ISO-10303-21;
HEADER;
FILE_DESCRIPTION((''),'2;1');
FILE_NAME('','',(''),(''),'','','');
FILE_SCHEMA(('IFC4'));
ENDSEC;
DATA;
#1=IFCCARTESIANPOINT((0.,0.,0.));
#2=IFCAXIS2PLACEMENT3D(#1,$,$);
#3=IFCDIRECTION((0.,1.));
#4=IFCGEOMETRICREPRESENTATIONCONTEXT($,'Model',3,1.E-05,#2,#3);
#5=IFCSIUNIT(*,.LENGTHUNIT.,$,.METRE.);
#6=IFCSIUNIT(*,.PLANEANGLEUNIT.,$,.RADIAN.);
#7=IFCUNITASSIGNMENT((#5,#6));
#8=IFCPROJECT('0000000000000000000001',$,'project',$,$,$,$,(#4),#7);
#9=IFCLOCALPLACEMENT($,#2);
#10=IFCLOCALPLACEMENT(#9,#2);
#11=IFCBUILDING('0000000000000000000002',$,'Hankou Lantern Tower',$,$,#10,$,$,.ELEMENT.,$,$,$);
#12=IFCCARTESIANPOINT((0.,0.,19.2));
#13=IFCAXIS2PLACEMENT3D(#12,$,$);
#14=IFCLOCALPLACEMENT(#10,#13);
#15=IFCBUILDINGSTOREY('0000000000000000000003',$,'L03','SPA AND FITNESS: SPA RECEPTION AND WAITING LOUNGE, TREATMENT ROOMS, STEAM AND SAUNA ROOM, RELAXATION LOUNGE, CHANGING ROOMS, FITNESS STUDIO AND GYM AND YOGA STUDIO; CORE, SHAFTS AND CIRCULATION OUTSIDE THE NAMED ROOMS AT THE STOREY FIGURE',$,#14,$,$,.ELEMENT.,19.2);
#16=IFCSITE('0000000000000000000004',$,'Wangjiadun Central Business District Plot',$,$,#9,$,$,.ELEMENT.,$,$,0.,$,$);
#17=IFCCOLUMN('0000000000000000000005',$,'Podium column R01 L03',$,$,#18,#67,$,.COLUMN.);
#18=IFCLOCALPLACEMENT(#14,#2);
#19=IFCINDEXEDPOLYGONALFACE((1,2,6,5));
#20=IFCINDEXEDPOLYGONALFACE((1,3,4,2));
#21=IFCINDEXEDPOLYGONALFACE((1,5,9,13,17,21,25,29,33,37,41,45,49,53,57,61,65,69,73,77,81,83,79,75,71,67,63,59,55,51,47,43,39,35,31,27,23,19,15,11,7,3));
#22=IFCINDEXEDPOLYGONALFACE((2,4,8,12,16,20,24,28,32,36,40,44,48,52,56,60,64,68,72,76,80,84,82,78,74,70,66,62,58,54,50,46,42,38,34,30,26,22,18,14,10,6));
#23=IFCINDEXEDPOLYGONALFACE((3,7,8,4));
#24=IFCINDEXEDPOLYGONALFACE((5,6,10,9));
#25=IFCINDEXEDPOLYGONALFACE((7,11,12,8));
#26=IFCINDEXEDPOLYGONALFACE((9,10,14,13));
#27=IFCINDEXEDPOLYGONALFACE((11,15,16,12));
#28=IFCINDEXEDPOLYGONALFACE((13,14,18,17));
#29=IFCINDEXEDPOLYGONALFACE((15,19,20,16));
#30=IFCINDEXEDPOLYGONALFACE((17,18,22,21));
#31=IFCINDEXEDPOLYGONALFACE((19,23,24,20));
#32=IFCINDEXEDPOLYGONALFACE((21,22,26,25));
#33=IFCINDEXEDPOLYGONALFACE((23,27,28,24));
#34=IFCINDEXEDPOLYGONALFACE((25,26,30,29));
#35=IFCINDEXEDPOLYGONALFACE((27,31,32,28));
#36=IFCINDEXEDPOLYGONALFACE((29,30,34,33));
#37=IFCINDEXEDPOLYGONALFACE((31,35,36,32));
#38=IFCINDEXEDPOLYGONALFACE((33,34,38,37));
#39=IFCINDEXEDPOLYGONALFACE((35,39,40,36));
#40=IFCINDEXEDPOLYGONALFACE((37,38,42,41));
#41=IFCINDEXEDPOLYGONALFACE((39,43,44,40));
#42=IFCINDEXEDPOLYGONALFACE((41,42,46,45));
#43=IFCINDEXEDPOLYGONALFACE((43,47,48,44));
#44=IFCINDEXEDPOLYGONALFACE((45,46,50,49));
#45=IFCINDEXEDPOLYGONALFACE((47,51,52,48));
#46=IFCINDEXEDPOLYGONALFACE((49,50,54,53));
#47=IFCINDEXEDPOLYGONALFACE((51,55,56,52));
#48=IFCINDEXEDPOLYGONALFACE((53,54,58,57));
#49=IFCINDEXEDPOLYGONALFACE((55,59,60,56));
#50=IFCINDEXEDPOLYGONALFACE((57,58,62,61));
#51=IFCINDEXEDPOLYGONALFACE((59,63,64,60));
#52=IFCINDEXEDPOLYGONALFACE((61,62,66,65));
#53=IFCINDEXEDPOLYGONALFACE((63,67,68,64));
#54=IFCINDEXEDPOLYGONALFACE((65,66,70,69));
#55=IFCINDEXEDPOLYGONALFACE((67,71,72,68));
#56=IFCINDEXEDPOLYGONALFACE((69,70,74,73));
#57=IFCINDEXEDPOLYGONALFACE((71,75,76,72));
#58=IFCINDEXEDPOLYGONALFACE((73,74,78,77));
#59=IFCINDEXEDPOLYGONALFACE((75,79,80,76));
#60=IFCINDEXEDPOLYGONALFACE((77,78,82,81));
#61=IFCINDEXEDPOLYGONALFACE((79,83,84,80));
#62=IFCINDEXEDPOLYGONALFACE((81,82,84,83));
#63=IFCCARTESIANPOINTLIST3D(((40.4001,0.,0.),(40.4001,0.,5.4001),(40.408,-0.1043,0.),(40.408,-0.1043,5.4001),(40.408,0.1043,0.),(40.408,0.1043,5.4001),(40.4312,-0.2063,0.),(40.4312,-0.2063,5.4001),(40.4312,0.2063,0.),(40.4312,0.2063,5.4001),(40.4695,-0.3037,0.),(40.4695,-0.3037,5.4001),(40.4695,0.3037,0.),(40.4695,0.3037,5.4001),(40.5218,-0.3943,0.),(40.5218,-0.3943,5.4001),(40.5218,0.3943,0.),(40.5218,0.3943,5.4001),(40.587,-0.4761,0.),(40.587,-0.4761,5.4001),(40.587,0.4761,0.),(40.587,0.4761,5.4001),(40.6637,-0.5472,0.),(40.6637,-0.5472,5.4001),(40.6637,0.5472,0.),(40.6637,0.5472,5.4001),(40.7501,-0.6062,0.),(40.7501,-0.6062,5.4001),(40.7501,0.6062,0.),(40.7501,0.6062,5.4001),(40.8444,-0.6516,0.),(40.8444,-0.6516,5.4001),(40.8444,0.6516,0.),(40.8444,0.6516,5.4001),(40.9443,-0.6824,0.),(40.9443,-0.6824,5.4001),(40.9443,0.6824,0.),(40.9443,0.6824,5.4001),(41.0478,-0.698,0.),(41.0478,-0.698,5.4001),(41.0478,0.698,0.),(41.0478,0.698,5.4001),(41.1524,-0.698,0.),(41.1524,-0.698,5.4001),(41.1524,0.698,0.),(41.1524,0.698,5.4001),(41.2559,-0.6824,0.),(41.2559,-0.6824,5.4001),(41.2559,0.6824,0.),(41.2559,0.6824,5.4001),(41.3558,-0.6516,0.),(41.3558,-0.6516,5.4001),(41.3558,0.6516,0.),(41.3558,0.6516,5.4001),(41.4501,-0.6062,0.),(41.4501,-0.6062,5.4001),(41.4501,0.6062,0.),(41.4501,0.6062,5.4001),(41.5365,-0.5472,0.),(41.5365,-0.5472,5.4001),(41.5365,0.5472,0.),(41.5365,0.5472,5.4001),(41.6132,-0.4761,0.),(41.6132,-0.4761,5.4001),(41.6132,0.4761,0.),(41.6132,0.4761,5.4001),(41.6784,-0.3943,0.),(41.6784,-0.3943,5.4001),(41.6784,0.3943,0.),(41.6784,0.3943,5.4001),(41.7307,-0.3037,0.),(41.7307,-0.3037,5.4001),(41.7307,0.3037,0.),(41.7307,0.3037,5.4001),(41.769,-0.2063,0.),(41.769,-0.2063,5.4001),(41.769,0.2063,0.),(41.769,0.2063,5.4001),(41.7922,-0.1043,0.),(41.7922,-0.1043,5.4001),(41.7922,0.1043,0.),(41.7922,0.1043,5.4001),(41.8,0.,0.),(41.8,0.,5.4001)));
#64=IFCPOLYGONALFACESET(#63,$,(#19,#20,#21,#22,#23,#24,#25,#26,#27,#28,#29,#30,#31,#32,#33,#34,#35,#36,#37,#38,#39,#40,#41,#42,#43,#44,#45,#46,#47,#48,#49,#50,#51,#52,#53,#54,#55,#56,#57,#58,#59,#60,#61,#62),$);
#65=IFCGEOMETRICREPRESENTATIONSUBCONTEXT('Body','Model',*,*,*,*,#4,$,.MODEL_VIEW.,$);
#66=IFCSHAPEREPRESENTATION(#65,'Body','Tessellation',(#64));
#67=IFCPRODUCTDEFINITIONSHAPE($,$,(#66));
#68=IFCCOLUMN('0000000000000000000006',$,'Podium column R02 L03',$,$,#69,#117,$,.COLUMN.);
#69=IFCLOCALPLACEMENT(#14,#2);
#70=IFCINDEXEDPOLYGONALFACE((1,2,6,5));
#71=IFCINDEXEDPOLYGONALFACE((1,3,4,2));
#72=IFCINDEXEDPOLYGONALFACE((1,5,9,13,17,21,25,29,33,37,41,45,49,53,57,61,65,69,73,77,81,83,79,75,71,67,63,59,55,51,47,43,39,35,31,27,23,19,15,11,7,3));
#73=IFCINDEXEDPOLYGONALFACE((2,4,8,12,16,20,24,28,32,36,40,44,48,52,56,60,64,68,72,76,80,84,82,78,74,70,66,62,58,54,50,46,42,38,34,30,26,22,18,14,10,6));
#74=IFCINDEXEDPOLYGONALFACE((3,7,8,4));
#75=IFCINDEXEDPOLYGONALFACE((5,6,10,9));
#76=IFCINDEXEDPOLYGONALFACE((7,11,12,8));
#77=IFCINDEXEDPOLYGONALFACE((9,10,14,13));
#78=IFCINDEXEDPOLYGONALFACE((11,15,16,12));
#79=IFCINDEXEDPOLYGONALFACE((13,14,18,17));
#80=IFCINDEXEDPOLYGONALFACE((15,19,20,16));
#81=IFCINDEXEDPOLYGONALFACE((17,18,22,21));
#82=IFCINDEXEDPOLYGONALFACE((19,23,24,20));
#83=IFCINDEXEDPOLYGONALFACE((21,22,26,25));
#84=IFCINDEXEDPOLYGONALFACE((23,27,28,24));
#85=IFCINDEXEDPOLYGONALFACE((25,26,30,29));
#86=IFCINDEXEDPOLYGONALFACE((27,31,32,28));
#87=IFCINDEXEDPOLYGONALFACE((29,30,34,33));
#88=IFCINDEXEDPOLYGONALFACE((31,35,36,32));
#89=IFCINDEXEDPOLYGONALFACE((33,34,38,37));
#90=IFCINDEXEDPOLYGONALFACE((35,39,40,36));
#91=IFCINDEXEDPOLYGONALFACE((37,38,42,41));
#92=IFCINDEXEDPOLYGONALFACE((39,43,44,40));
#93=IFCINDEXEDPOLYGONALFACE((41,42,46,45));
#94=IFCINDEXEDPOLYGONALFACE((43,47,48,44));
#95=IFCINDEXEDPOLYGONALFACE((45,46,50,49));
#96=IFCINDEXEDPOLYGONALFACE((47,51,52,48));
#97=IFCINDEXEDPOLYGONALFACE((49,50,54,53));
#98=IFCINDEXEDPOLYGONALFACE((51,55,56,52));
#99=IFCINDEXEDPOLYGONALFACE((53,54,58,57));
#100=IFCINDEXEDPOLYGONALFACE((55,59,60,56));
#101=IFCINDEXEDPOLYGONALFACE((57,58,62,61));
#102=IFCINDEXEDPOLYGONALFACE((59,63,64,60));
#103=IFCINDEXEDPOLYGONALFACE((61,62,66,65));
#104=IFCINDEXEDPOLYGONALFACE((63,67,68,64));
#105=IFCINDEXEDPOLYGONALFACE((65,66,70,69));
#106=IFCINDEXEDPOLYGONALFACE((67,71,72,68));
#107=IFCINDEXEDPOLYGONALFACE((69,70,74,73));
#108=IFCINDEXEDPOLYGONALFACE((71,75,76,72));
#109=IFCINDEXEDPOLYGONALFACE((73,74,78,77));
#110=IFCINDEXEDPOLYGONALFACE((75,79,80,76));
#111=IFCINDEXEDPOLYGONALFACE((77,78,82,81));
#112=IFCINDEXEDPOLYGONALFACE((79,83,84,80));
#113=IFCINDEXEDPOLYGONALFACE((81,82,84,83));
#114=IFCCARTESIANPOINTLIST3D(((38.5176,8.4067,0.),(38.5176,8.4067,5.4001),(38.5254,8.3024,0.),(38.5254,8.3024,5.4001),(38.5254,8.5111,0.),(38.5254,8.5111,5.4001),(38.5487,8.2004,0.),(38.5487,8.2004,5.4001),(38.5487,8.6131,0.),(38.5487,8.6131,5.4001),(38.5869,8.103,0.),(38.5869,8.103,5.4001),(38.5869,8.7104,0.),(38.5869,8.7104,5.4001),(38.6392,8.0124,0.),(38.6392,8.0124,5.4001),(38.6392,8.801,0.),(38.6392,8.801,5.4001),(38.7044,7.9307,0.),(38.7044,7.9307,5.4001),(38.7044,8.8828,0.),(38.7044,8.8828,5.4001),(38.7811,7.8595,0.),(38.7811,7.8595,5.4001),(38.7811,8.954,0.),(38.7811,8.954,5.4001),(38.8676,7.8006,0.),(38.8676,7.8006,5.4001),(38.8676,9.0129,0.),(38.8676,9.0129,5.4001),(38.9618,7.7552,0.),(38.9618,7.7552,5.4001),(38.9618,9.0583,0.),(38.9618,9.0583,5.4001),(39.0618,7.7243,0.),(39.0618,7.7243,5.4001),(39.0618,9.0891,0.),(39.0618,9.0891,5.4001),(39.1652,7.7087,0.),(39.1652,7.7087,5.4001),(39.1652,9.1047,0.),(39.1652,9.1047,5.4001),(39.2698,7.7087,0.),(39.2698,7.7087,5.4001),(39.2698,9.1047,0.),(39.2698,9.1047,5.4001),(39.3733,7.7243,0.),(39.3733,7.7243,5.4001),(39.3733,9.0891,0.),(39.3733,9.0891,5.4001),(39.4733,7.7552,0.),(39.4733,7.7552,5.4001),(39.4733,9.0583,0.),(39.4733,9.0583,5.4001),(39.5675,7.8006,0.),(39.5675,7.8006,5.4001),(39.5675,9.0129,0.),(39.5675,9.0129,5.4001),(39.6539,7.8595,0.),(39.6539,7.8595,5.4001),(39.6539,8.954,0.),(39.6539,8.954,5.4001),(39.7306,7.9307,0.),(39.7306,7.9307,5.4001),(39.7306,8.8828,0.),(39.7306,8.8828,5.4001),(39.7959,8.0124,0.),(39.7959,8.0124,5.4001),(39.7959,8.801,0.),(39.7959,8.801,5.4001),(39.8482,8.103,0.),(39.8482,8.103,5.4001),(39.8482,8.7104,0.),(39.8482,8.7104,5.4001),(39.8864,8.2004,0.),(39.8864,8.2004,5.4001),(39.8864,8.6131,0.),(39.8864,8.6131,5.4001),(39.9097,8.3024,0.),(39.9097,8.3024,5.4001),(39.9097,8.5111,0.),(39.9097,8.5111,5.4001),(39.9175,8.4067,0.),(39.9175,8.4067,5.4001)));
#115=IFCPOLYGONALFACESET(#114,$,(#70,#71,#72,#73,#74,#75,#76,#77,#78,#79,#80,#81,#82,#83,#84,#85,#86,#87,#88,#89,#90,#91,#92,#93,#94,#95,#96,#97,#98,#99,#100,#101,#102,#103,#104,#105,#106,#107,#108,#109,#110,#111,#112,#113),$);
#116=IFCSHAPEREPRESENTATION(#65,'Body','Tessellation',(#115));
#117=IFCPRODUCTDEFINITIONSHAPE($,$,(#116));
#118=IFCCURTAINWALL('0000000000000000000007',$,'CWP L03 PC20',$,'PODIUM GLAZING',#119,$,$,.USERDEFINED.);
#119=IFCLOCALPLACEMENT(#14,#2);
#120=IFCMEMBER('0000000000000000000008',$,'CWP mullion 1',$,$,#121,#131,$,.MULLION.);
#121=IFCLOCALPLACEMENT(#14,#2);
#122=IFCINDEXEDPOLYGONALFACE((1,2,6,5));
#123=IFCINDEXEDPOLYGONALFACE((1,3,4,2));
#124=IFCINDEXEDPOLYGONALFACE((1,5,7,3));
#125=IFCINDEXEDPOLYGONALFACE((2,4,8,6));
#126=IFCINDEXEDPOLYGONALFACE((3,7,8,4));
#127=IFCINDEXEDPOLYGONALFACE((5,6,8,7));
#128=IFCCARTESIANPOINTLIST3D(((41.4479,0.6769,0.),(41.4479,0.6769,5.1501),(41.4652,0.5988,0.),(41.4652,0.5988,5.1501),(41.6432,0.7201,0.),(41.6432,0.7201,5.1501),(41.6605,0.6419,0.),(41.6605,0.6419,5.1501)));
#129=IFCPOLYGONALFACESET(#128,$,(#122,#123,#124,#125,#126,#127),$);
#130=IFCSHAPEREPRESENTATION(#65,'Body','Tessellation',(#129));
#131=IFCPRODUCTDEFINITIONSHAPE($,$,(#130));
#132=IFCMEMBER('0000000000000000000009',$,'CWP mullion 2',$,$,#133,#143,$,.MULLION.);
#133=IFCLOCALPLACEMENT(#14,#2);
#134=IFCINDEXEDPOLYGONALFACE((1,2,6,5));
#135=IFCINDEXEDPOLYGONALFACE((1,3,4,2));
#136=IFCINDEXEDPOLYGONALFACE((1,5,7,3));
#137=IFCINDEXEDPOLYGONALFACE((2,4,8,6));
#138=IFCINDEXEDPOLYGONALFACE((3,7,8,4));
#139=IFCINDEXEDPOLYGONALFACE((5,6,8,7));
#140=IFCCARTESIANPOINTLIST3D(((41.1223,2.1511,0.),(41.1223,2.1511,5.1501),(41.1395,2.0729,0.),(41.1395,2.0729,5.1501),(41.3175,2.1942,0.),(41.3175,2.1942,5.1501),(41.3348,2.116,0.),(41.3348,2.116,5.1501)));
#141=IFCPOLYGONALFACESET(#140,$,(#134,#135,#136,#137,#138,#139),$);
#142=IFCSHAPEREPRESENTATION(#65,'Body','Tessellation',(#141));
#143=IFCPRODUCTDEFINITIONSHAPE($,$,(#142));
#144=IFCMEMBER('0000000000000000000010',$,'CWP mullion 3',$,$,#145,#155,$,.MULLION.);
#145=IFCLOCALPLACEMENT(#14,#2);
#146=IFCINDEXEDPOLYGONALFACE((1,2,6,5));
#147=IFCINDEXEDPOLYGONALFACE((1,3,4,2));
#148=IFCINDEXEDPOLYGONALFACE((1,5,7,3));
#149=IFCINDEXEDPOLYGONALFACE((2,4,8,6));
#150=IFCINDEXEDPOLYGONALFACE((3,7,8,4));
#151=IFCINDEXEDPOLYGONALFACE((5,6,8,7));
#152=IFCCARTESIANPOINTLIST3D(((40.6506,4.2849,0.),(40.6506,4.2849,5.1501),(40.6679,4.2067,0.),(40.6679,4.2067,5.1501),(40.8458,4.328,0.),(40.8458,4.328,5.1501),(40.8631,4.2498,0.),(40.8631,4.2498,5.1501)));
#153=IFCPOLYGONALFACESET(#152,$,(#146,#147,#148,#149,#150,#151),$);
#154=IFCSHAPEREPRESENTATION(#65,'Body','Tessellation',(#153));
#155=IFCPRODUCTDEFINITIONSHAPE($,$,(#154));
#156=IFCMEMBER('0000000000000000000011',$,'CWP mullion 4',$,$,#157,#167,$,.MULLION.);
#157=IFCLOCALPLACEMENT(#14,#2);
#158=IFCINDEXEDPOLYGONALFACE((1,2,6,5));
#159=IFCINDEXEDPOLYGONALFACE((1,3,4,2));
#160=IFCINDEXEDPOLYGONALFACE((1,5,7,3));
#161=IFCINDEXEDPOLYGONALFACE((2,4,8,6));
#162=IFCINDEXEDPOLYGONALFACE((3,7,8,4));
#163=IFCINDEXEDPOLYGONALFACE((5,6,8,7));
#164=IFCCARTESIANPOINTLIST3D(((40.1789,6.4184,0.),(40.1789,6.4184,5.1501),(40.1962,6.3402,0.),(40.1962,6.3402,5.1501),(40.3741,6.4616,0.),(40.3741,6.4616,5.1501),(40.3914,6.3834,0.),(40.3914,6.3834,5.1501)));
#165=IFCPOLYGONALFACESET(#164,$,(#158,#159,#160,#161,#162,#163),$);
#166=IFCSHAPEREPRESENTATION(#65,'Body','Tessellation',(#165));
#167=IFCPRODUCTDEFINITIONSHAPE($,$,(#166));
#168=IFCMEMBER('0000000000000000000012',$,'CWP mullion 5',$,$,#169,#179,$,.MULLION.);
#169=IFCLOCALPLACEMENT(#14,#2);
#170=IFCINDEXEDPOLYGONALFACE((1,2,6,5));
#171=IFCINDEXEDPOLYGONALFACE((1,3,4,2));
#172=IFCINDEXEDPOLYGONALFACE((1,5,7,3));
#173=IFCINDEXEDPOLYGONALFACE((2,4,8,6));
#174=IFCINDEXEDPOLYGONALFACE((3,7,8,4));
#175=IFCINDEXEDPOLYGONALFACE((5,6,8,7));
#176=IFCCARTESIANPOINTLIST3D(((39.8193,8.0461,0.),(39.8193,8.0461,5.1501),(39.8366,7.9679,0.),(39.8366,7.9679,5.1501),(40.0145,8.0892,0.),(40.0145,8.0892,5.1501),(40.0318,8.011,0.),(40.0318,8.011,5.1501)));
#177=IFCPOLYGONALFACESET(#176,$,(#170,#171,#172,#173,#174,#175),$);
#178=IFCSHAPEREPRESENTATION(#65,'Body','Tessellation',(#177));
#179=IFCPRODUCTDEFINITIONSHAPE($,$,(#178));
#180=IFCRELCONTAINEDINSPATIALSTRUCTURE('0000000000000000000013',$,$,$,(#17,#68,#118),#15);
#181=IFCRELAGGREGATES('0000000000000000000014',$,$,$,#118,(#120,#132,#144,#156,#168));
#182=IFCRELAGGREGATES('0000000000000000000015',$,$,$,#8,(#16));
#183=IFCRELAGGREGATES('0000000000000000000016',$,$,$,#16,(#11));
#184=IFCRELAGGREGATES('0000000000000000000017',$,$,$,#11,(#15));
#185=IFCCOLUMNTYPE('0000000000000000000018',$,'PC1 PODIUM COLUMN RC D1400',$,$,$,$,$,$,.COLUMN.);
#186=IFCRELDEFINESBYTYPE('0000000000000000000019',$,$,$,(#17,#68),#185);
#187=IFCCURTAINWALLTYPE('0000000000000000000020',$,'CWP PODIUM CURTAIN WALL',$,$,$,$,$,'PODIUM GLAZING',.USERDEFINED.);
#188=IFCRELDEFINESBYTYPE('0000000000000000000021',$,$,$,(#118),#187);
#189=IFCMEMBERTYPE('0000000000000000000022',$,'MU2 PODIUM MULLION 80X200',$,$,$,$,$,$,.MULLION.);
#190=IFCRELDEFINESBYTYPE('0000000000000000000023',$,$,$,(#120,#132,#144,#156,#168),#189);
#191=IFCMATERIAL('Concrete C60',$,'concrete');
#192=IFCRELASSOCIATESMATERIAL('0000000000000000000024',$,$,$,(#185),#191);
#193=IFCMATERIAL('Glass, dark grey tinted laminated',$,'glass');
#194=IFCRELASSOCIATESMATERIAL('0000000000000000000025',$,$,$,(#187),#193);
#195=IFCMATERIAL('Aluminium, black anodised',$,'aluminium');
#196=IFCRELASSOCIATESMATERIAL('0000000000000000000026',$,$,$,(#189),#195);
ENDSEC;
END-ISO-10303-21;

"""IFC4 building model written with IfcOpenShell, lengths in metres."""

from ifc_helpers import new_model, si_unit, direction, frame, origin, origin_2d, place, context, subcontext, project, spatial, rectangle, circle, extrude, material, material_profile, profile_set, type_object, element, aggregate, save


model = new_model("IFC4")

# Units and contexts
model_context = context("Model", 3, precision=1e-05, world=origin(), true_north=direction((0.0, 1.0)))
body_context = subcontext(model_context, "Body", "Model", "MODEL_VIEW")
ifc_project = project(units=[si_unit("LENGTHUNIT", "METRE"), si_unit("PLANEANGLEUNIT", "RADIAN")], contexts=[model_context])

# Site, building, storey
site_placement = place(None, origin())
site = spatial("IfcSite", under=ifc_project, at=site_placement, Name="Wangjiadun Central Business District Plot", CompositionType="ELEMENT", RefElevation=0.0)
building_placement = place(site_placement, origin())
building = spatial("IfcBuilding", under=site, at=building_placement, Name="Hankou Lantern Tower", CompositionType="ELEMENT")
storey_placement = place(building_placement, frame((0.0, 0.0, 19.2)))
storey = spatial("IfcBuildingStorey", under=building, at=storey_placement, Name="L03", Description="SPA AND FITNESS: SPA RECEPTION AND WAITING LOUNGE, TREATMENT ROOMS, STEAM AND SAUNA ROOM, RELAXATION LOUNGE, CHANGING ROOMS, FITNESS STUDIO AND GYM AND YOGA STUDIO; CORE, SHAFTS AND CIRCULATION OUTSIDE THE NAMED ROOMS AT THE STOREY FIGURE", CompositionType="ELEMENT", Elevation=19.2)

# Columns
ifc_material_1 = material(Name="Concrete C60", Category="concrete")
ifc_material_profile_1 = material_profile(ifc_material_1, circle(Radius=0.7, at=origin_2d()), Name="RC D1400")
ifc_profile_set_1 = profile_set([ifc_material_profile_1], Name="Concrete C60")
column_type = type_object("IfcColumnType", Name="PC1 PODIUM COLUMN RC D1400", PredefinedType="COLUMN", material=ifc_profile_set_1)
for number, where, z_axis, x_axis, name in (
    (1, (41.1001, 0.0, 0.0), (0.0, 0.0, 1.0), (1.0, 0.0, 0.0), "Podium column R01 L03"),
    (2, (39.2175, 8.4067, 0.0), (0.0, 0.0, 1.0), (1.0, 0.0, 0.0), "Podium column R02 L03"),
):
    element("IfcColumn", number, at=place(storey_placement, frame(where, z_axis=z_axis, x_axis=x_axis)), inside=storey, type_object=column_type, Name=name, PredefinedType="COLUMN", context=body_context, shape_type="SweptSolid", body=[
        extrude(circle(Radius=0.7, at=origin_2d()), origin(), (0.0, 0.0, 1.0), 5.4001),
    ])

# Curtain wall, members
ifc_material_2 = material(Name="Glass, dark grey tinted laminated", Category="glass")
curtain_wall_type = type_object("IfcCurtainWallType", Name="CWP PODIUM CURTAIN WALL", ElementType="PODIUM GLAZING", PredefinedType="USERDEFINED", material=ifc_material_2)
curtain_wall_placement = place(storey_placement, origin())
curtain_wall = element("IfcCurtainWall", 3, at=curtain_wall_placement, inside=storey, type_object=curtain_wall_type, Name="CWP L03 PC20", ObjectType="PODIUM GLAZING", PredefinedType="USERDEFINED")
ifc_material_3 = material(Name="Aluminium, black anodised", Category="aluminium")
ifc_material_profile_2 = material_profile(ifc_material_3, rectangle(XDim=0.0801, YDim=0.2, at=origin_2d()), Name="MU2 80X200")
ifc_profile_set_2 = profile_set([ifc_material_profile_2], Name="Aluminium, black anodised")
member_type_1 = type_object("IfcMemberType", Name="MU2 PODIUM MULLION 80X200", PredefinedType="MULLION", material=ifc_profile_set_2)
member_1_placement = place(storey_placement, frame((41.5542, 0.6594, 0.0), z_axis=(0.0, 0.0, 1.0), x_axis=(-0.215821, 0.976433, 0.0)))
member_1 = element("IfcMember", 4, at=member_1_placement, type_object=member_type_1, Name="CWP mullion 1", PredefinedType="MULLION", context=body_context, shape_type="SweptSolid", body=[
    extrude(rectangle(XDim=0.0801, YDim=0.2, at=origin_2d()), origin(), (0.0, 0.0, 1.0), 5.1501),
])
member_2_placement = place(storey_placement, frame((41.2285, 2.1335, 0.0), z_axis=(0.0, 0.0, 1.0), x_axis=(-0.215821, 0.976433, 0.0)))
member_2 = element("IfcMember", 5, at=member_2_placement, type_object=member_type_1, Name="CWP mullion 2", PredefinedType="MULLION", context=body_context, shape_type="SweptSolid", body=[
    extrude(rectangle(XDim=0.0801, YDim=0.2, at=origin_2d()), origin(), (0.0, 0.0, 1.0), 5.1501),
])
member_3_placement = place(storey_placement, frame((40.7568, 4.2673, 0.0), z_axis=(0.0, 0.0, 1.0), x_axis=(-0.215821, 0.976433, 0.0)))
member_3 = element("IfcMember", 6, at=member_3_placement, type_object=member_type_1, Name="CWP mullion 3", PredefinedType="MULLION", context=body_context, shape_type="SweptSolid", body=[
    extrude(rectangle(XDim=0.0801, YDim=0.2, at=origin_2d()), origin(), (0.0, 0.0, 1.0), 5.1501),
])
member_4_placement = place(storey_placement, frame((40.2852, 6.4009, 0.0), z_axis=(0.0, 0.0, 1.0), x_axis=(-0.215821, 0.976433, 0.0)))
member_4 = element("IfcMember", 7, at=member_4_placement, type_object=member_type_1, Name="CWP mullion 4", PredefinedType="MULLION", context=body_context, shape_type="SweptSolid", body=[
    extrude(rectangle(XDim=0.0801, YDim=0.2, at=origin_2d()), origin(), (0.0, 0.0, 1.0), 5.1501),
])
member_5_placement = place(storey_placement, frame((39.9255, 8.0286, 0.0), z_axis=(0.0, 0.0, 1.0), x_axis=(-0.215821, 0.976433, 0.0)))
member_5 = element("IfcMember", 8, at=member_5_placement, type_object=member_type_1, Name="CWP mullion 5", PredefinedType="MULLION", context=body_context, shape_type="SweptSolid", body=[
    extrude(rectangle(XDim=0.0801, YDim=0.2, at=origin_2d()), origin(), (0.0, 0.0, 1.0), 5.1501),
])

aggregate(curtain_wall, [member_1, member_2, member_3, member_4, member_5])

save(model, "model.ifc")
